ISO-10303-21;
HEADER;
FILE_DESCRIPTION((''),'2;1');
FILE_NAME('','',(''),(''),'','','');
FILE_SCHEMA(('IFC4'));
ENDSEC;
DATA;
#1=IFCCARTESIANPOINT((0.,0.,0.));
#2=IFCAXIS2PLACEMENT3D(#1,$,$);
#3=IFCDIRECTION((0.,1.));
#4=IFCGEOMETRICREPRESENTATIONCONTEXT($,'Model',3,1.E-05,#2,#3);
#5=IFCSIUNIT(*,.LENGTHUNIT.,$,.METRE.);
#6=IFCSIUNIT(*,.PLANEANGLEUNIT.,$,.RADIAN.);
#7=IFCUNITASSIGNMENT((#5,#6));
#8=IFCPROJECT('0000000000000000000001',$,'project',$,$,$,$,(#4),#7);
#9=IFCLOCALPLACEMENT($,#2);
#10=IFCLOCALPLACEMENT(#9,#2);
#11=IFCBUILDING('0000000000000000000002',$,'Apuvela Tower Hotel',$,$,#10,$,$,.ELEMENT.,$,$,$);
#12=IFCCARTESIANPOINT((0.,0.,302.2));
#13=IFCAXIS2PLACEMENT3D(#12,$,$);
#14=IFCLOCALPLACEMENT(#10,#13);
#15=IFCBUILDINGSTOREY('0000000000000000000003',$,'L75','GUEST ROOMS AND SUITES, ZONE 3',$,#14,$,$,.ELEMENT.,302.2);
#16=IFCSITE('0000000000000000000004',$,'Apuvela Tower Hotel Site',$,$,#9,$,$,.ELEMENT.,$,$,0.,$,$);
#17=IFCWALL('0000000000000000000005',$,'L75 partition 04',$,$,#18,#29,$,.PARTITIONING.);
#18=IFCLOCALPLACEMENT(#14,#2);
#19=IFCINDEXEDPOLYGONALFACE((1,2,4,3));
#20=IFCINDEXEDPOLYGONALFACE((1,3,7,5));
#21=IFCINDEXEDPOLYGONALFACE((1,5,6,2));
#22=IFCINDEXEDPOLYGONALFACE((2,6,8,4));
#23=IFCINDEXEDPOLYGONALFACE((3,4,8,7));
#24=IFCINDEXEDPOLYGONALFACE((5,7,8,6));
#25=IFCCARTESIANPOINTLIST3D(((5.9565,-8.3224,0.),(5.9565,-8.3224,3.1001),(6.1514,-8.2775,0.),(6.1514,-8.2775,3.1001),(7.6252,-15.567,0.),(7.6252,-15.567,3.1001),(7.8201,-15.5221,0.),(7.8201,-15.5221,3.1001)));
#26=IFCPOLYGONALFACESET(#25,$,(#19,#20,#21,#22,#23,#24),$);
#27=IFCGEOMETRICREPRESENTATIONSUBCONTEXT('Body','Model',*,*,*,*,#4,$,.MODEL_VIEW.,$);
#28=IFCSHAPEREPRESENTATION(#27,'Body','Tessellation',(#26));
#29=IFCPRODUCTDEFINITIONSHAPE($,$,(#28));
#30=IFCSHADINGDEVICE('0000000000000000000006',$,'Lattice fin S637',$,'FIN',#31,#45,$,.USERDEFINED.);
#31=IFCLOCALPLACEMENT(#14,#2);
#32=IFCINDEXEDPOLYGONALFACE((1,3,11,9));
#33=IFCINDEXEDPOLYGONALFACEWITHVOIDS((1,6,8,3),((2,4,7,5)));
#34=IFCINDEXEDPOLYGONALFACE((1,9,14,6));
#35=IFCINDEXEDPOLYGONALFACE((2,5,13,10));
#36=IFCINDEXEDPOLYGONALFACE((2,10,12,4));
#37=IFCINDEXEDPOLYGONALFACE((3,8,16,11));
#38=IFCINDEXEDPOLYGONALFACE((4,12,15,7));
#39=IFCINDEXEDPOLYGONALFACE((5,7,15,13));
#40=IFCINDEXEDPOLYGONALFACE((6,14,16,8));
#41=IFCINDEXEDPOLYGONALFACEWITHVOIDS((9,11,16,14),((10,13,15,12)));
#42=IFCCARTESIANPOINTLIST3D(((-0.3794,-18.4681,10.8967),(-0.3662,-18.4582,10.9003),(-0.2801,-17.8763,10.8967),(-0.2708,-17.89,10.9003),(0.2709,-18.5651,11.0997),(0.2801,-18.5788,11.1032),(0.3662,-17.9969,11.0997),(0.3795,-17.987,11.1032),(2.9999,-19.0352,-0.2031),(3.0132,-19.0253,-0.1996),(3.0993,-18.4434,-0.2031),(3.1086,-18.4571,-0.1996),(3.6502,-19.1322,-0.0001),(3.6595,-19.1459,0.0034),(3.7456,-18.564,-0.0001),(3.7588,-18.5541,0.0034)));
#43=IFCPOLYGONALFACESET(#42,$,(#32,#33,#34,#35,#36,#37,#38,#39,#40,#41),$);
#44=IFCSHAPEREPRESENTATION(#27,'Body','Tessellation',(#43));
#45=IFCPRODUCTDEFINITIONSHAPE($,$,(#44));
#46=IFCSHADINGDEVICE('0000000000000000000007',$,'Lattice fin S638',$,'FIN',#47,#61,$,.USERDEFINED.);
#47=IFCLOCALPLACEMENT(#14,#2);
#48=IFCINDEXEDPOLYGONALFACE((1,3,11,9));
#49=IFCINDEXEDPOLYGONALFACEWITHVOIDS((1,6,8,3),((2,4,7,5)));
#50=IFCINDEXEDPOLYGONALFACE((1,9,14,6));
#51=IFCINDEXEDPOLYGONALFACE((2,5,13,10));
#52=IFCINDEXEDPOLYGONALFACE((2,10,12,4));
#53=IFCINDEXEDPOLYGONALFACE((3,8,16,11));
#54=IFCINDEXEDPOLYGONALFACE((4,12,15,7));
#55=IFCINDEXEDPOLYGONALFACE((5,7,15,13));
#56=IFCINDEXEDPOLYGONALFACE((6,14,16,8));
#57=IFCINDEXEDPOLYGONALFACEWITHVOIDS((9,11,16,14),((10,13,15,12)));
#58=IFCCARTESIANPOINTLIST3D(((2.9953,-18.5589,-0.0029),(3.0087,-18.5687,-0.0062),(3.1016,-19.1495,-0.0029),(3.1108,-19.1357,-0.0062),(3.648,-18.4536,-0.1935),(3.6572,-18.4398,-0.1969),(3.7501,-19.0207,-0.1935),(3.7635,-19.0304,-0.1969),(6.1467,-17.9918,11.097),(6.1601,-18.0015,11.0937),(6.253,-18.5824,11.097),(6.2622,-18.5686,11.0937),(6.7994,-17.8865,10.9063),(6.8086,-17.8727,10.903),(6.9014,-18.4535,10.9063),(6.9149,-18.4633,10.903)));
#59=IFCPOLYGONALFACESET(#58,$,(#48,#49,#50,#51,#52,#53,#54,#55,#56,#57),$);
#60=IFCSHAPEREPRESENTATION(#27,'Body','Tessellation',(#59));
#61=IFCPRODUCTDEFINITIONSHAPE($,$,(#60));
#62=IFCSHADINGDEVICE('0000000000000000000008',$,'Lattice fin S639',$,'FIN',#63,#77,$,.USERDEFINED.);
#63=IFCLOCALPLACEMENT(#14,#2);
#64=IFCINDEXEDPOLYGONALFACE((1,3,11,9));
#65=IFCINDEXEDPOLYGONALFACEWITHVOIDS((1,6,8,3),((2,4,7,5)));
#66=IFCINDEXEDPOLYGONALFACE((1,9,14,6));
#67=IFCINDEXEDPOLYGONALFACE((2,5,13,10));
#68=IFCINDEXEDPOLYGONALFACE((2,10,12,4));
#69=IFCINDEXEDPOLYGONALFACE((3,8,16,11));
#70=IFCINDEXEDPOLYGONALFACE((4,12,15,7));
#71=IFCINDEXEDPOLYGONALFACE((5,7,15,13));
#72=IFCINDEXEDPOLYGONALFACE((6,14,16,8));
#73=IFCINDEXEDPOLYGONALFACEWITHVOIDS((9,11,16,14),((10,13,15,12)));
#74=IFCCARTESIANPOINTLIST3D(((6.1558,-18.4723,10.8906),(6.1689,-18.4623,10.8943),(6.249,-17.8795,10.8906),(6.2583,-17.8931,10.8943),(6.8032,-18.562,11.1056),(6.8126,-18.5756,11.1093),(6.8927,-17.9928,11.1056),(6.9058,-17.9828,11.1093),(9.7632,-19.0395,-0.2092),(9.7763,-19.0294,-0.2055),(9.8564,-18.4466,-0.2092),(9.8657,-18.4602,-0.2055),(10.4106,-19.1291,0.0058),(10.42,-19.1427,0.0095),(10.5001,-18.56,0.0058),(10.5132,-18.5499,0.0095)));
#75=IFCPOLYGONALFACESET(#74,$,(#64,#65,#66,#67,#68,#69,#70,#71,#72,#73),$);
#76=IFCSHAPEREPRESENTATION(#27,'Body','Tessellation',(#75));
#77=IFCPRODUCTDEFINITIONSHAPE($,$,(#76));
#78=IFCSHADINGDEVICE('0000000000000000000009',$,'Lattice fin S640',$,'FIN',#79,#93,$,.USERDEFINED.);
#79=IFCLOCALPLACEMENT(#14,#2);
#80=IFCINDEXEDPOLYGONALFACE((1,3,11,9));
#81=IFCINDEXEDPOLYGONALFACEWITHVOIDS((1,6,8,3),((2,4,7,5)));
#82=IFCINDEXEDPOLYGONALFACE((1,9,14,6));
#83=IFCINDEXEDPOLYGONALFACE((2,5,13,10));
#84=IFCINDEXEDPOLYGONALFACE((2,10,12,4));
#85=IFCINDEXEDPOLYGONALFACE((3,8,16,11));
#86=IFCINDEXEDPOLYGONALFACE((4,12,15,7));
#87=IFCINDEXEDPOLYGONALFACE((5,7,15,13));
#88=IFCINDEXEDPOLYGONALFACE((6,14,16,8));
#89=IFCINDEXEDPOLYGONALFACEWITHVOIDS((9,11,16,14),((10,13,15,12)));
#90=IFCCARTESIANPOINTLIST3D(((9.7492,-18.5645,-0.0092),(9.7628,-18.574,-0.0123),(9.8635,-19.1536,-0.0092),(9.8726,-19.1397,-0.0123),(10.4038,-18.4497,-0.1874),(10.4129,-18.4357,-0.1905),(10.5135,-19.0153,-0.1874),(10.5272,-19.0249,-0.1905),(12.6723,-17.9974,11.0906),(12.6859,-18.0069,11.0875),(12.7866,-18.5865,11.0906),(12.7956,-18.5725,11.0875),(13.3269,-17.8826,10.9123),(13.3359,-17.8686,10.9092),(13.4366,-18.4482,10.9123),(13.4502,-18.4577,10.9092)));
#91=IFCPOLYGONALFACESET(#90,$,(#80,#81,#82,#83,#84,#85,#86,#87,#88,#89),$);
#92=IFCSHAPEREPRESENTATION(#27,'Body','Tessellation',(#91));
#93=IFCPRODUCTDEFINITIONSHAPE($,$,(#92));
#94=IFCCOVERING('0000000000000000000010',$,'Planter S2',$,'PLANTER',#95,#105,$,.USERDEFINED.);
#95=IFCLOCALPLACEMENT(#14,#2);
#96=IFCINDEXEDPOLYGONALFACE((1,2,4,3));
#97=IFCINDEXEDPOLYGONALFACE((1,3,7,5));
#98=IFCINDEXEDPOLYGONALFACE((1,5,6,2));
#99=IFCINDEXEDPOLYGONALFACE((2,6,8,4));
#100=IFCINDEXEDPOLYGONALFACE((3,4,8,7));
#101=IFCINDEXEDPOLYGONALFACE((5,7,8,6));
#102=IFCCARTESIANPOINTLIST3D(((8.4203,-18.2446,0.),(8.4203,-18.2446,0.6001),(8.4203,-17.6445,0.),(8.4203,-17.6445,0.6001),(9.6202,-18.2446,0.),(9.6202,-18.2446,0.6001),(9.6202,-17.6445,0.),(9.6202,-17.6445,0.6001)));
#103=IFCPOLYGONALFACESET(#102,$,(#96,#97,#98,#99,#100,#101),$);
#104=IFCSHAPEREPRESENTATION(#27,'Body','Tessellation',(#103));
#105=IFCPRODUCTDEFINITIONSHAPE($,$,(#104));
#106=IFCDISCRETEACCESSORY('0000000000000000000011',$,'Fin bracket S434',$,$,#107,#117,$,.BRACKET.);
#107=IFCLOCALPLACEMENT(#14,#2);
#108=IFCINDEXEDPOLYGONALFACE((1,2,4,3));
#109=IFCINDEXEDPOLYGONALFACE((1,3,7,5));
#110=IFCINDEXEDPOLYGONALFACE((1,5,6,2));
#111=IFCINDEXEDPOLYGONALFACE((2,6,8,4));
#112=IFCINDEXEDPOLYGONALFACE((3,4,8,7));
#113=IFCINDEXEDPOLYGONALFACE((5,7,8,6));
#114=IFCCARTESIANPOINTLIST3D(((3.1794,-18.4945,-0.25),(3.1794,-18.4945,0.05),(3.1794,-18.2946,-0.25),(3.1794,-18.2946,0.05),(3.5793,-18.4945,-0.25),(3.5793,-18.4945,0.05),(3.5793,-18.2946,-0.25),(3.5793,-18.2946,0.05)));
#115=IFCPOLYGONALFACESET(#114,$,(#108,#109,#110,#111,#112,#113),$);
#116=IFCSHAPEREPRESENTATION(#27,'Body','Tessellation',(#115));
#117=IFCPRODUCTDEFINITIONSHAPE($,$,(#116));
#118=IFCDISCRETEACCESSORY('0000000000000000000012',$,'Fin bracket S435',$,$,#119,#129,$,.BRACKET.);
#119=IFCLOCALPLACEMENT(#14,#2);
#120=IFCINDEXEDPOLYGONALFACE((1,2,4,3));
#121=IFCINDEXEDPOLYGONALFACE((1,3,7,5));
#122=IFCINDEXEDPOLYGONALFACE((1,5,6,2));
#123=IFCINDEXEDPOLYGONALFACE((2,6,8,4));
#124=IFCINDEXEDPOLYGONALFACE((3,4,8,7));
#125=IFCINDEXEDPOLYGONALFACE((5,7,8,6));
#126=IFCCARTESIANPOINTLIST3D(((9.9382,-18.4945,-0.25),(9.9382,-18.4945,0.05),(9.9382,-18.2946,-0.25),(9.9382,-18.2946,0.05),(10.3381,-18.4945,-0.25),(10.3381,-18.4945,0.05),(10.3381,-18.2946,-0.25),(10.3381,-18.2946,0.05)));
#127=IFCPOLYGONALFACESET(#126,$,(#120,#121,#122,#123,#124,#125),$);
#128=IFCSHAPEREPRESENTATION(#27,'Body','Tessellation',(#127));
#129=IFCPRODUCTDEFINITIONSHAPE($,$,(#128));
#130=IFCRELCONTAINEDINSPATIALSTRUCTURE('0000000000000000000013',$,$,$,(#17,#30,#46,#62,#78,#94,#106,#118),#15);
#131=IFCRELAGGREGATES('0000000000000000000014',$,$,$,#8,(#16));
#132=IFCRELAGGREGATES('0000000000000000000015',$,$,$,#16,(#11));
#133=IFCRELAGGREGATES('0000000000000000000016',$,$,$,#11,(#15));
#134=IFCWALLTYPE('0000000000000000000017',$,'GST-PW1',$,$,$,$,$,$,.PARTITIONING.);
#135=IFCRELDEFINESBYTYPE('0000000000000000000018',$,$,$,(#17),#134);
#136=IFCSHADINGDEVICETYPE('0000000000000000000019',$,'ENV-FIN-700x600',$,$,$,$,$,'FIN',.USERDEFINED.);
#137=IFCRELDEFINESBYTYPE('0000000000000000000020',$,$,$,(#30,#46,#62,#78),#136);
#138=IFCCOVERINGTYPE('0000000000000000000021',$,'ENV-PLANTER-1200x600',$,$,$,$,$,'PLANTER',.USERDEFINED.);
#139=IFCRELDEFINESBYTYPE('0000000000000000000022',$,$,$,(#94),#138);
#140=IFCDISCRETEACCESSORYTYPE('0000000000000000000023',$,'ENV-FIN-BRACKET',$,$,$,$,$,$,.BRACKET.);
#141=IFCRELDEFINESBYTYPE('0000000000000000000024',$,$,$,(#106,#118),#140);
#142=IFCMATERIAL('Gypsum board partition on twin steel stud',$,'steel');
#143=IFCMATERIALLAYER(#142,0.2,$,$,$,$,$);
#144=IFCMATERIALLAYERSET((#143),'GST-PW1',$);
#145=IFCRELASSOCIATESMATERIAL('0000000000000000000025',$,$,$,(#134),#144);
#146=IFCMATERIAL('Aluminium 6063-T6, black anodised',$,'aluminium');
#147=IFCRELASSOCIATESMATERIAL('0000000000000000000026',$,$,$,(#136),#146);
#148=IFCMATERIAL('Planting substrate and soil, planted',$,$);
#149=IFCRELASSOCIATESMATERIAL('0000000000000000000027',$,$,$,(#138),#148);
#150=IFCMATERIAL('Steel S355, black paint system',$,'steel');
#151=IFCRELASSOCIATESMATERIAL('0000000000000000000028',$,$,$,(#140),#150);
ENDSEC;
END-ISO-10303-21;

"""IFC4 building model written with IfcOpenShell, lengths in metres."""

from ifc_helpers import new_model, si_unit, direction, frame, frame_2d, origin, origin_2d, place, context, subcontext, project, spatial, rectangle, hollow_rectangle, extrude, material, layer, layer_set, material_profile, profile_set, type_object, element, save


model = new_model("IFC4")

# Units and contexts
model_context = context("Model", 3, precision=1e-05, world=origin(), true_north=direction((0.0, 1.0)))
body_context = subcontext(model_context, "Body", "Model", "MODEL_VIEW")
ifc_project = project(units=[si_unit("LENGTHUNIT", "METRE"), si_unit("PLANEANGLEUNIT", "RADIAN")], contexts=[model_context])

# Site, building, storey
site_placement = place(None, origin())
site = spatial("IfcSite", under=ifc_project, at=site_placement, Name="Apuvela Tower Hotel Site", CompositionType="ELEMENT", RefElevation=0.0)
building_placement = place(site_placement, origin())
building = spatial("IfcBuilding", under=site, at=building_placement, Name="Apuvela Tower Hotel", CompositionType="ELEMENT")
storey_placement = place(building_placement, frame((0.0, 0.0, 302.2)))
storey = spatial("IfcBuildingStorey", under=building, at=storey_placement, Name="L75", Description="GUEST ROOMS AND SUITES, ZONE 3", CompositionType="ELEMENT", Elevation=302.2)

# Wall
ifc_material_1 = material(Name="Gypsum board partition on twin steel stud", Category="steel")
ifc_layer_1 = layer(ifc_material_1, 0.2)
ifc_layer_set_1 = layer_set([ifc_layer_1], Name="GST-PW1")
wall_type_1 = type_object("IfcWallType", Name="GST-PW1", PredefinedType="PARTITIONING", material=ifc_layer_set_1)
wall_1_placement = place(storey_placement, frame((7.7227, -15.5447, 0.0), z_axis=(0.0, 0.0, 1.0), x_axis=(-0.224459, 0.974484, 0.0)))
element("IfcWall", 1, at=wall_1_placement, inside=storey, type_object=wall_type_1, Name="L75 partition 04", PredefinedType="PARTITIONING", context=body_context, shape_type="SweptSolid", body=[
    extrude(rectangle(XDim=7.4343, YDim=0.2, at=frame_2d((3.7173, 0.0))), origin(), (0.0, 0.0, 1.0), 3.1001),
])

# Shading devices
ifc_material_2 = material(Name="Aluminium 6063-T6, black anodised", Category="aluminium")
ifc_material_profile_1 = material_profile(ifc_material_2, hollow_rectangle(XDim=0.6001, YDim=0.7, WallThickness=0.012, at=origin_2d()), Name="AL BOX 700x600x12")
ifc_profile_set_1 = profile_set([ifc_material_profile_1], Name="Aluminium 6063-T6, black anodised")
shading_device_type = type_object("IfcShadingDeviceType", Name="ENV-FIN-700x600", ElementType="FIN", PredefinedType="USERDEFINED", material=ifc_profile_set_1)
shading_device_1_placement = place(storey_placement, frame((3.3794, -18.7947, -0.0999), z_axis=(-0.290907, 0.048821, 0.955505), x_axis=(-0.165508, -0.986208, 0.0)))
element("IfcShadingDevice", 2, at=shading_device_1_placement, inside=storey, type_object=shading_device_type, Name="Lattice fin S637", ObjectType="FIN", PredefinedType="USERDEFINED", context=body_context, shape_type="SweptSolid", body=[
    extrude(hollow_rectangle(XDim=0.6001, YDim=0.7, WallThickness=0.012, at=origin_2d()), origin(), (0.0, 0.0, 1.0), 11.6167),
])
shading_device_2_placement = place(storey_placement, frame((3.3794, -18.7947, -0.0999), z_axis=(0.272787, 0.049092, 0.960821), x_axis=(-0.177121, 0.984189, 0.0)))
element("IfcShadingDevice", 3, at=shading_device_2_placement, inside=storey, type_object=shading_device_type, Name="Lattice fin S638", ObjectType="FIN", PredefinedType="USERDEFINED", context=body_context, shape_type="SweptSolid", body=[
    extrude(hollow_rectangle(XDim=0.6001, YDim=0.7, WallThickness=0.012, at=origin_2d()), origin(), (0.0, 0.0, 1.0), 11.5525),
])
shading_device_3_placement = place(storey_placement, frame((10.1382, -18.7947, -0.0999), z_axis=(-0.308719, 0.048535, 0.949914), x_axis=(-0.155307, -0.987866, 0.0)))
element("IfcShadingDevice", 4, at=shading_device_3_placement, inside=storey, type_object=shading_device_type, Name="Lattice fin S639", ObjectType="FIN", PredefinedType="USERDEFINED", context=body_context, shape_type="SweptSolid", body=[
    extrude(hollow_rectangle(XDim=0.6001, YDim=0.7, WallThickness=0.012, at=origin_2d()), origin(), (0.0, 0.0, 1.0), 11.6851),
])
shading_device_4_placement = place(storey_placement, frame((10.1382, -18.7947, -0.0999), z_axis=(0.254353, 0.049349, 0.965852), x_axis=(-0.190468, 0.981693, 0.0)))
element("IfcShadingDevice", 5, at=shading_device_4_placement, inside=storey, type_object=shading_device_type, Name="Lattice fin S640", ObjectType="FIN", PredefinedType="USERDEFINED", context=body_context, shape_type="SweptSolid", body=[
    extrude(hollow_rectangle(XDim=0.6001, YDim=0.7, WallThickness=0.012, at=origin_2d()), origin(), (0.0, 0.0, 1.0), 11.4922),
])

# Covering
ifc_material_3 = material(Name="Planting substrate and soil, planted")
covering_type = type_object("IfcCoveringType", Name="ENV-PLANTER-1200x600", ElementType="PLANTER", PredefinedType="USERDEFINED", material=ifc_material_3)
covering_placement = place(storey_placement, frame((9.0203, -17.9446, 0.0), z_axis=(0.0, 0.0, 1.0), x_axis=(1.0, 0.0, 0.0)))
element("IfcCovering", 6, at=covering_placement, inside=storey, type_object=covering_type, Name="Planter S2", ObjectType="PLANTER", PredefinedType="USERDEFINED", context=body_context, shape_type="SweptSolid", body=[
    extrude(rectangle(XDim=1.2, YDim=0.6001, at=origin_2d()), origin(), (0.0, 0.0, 1.0), 0.6001),
])

# Discrete accessories
ifc_material_4 = material(Name="Steel S355, black paint system", Category="steel")
discrete_accessory_type = type_object("IfcDiscreteAccessoryType", Name="ENV-FIN-BRACKET", PredefinedType="BRACKET", material=ifc_material_4)
for number, where, z_axis, x_axis, name in (
    (7, (3.3794, -18.3945, -0.25), (0.0, 0.0, 1.0), (1.0, 0.0, 0.0), "Fin bracket S434"),
    (8, (10.1382, -18.3945, -0.25), (0.0, 0.0, 1.0), (1.0, 0.0, 0.0), "Fin bracket S435"),
):
    element("IfcDiscreteAccessory", number, at=place(storey_placement, frame(where, z_axis=z_axis, x_axis=x_axis)), inside=storey, type_object=discrete_accessory_type, Name=name, PredefinedType="BRACKET", context=body_context, shape_type="SweptSolid", body=[
        extrude(rectangle(XDim=0.3999, YDim=0.2, at=origin_2d()), origin(), (0.0, 0.0, 1.0), 0.3),
    ])

save(model, "model.ifc")
